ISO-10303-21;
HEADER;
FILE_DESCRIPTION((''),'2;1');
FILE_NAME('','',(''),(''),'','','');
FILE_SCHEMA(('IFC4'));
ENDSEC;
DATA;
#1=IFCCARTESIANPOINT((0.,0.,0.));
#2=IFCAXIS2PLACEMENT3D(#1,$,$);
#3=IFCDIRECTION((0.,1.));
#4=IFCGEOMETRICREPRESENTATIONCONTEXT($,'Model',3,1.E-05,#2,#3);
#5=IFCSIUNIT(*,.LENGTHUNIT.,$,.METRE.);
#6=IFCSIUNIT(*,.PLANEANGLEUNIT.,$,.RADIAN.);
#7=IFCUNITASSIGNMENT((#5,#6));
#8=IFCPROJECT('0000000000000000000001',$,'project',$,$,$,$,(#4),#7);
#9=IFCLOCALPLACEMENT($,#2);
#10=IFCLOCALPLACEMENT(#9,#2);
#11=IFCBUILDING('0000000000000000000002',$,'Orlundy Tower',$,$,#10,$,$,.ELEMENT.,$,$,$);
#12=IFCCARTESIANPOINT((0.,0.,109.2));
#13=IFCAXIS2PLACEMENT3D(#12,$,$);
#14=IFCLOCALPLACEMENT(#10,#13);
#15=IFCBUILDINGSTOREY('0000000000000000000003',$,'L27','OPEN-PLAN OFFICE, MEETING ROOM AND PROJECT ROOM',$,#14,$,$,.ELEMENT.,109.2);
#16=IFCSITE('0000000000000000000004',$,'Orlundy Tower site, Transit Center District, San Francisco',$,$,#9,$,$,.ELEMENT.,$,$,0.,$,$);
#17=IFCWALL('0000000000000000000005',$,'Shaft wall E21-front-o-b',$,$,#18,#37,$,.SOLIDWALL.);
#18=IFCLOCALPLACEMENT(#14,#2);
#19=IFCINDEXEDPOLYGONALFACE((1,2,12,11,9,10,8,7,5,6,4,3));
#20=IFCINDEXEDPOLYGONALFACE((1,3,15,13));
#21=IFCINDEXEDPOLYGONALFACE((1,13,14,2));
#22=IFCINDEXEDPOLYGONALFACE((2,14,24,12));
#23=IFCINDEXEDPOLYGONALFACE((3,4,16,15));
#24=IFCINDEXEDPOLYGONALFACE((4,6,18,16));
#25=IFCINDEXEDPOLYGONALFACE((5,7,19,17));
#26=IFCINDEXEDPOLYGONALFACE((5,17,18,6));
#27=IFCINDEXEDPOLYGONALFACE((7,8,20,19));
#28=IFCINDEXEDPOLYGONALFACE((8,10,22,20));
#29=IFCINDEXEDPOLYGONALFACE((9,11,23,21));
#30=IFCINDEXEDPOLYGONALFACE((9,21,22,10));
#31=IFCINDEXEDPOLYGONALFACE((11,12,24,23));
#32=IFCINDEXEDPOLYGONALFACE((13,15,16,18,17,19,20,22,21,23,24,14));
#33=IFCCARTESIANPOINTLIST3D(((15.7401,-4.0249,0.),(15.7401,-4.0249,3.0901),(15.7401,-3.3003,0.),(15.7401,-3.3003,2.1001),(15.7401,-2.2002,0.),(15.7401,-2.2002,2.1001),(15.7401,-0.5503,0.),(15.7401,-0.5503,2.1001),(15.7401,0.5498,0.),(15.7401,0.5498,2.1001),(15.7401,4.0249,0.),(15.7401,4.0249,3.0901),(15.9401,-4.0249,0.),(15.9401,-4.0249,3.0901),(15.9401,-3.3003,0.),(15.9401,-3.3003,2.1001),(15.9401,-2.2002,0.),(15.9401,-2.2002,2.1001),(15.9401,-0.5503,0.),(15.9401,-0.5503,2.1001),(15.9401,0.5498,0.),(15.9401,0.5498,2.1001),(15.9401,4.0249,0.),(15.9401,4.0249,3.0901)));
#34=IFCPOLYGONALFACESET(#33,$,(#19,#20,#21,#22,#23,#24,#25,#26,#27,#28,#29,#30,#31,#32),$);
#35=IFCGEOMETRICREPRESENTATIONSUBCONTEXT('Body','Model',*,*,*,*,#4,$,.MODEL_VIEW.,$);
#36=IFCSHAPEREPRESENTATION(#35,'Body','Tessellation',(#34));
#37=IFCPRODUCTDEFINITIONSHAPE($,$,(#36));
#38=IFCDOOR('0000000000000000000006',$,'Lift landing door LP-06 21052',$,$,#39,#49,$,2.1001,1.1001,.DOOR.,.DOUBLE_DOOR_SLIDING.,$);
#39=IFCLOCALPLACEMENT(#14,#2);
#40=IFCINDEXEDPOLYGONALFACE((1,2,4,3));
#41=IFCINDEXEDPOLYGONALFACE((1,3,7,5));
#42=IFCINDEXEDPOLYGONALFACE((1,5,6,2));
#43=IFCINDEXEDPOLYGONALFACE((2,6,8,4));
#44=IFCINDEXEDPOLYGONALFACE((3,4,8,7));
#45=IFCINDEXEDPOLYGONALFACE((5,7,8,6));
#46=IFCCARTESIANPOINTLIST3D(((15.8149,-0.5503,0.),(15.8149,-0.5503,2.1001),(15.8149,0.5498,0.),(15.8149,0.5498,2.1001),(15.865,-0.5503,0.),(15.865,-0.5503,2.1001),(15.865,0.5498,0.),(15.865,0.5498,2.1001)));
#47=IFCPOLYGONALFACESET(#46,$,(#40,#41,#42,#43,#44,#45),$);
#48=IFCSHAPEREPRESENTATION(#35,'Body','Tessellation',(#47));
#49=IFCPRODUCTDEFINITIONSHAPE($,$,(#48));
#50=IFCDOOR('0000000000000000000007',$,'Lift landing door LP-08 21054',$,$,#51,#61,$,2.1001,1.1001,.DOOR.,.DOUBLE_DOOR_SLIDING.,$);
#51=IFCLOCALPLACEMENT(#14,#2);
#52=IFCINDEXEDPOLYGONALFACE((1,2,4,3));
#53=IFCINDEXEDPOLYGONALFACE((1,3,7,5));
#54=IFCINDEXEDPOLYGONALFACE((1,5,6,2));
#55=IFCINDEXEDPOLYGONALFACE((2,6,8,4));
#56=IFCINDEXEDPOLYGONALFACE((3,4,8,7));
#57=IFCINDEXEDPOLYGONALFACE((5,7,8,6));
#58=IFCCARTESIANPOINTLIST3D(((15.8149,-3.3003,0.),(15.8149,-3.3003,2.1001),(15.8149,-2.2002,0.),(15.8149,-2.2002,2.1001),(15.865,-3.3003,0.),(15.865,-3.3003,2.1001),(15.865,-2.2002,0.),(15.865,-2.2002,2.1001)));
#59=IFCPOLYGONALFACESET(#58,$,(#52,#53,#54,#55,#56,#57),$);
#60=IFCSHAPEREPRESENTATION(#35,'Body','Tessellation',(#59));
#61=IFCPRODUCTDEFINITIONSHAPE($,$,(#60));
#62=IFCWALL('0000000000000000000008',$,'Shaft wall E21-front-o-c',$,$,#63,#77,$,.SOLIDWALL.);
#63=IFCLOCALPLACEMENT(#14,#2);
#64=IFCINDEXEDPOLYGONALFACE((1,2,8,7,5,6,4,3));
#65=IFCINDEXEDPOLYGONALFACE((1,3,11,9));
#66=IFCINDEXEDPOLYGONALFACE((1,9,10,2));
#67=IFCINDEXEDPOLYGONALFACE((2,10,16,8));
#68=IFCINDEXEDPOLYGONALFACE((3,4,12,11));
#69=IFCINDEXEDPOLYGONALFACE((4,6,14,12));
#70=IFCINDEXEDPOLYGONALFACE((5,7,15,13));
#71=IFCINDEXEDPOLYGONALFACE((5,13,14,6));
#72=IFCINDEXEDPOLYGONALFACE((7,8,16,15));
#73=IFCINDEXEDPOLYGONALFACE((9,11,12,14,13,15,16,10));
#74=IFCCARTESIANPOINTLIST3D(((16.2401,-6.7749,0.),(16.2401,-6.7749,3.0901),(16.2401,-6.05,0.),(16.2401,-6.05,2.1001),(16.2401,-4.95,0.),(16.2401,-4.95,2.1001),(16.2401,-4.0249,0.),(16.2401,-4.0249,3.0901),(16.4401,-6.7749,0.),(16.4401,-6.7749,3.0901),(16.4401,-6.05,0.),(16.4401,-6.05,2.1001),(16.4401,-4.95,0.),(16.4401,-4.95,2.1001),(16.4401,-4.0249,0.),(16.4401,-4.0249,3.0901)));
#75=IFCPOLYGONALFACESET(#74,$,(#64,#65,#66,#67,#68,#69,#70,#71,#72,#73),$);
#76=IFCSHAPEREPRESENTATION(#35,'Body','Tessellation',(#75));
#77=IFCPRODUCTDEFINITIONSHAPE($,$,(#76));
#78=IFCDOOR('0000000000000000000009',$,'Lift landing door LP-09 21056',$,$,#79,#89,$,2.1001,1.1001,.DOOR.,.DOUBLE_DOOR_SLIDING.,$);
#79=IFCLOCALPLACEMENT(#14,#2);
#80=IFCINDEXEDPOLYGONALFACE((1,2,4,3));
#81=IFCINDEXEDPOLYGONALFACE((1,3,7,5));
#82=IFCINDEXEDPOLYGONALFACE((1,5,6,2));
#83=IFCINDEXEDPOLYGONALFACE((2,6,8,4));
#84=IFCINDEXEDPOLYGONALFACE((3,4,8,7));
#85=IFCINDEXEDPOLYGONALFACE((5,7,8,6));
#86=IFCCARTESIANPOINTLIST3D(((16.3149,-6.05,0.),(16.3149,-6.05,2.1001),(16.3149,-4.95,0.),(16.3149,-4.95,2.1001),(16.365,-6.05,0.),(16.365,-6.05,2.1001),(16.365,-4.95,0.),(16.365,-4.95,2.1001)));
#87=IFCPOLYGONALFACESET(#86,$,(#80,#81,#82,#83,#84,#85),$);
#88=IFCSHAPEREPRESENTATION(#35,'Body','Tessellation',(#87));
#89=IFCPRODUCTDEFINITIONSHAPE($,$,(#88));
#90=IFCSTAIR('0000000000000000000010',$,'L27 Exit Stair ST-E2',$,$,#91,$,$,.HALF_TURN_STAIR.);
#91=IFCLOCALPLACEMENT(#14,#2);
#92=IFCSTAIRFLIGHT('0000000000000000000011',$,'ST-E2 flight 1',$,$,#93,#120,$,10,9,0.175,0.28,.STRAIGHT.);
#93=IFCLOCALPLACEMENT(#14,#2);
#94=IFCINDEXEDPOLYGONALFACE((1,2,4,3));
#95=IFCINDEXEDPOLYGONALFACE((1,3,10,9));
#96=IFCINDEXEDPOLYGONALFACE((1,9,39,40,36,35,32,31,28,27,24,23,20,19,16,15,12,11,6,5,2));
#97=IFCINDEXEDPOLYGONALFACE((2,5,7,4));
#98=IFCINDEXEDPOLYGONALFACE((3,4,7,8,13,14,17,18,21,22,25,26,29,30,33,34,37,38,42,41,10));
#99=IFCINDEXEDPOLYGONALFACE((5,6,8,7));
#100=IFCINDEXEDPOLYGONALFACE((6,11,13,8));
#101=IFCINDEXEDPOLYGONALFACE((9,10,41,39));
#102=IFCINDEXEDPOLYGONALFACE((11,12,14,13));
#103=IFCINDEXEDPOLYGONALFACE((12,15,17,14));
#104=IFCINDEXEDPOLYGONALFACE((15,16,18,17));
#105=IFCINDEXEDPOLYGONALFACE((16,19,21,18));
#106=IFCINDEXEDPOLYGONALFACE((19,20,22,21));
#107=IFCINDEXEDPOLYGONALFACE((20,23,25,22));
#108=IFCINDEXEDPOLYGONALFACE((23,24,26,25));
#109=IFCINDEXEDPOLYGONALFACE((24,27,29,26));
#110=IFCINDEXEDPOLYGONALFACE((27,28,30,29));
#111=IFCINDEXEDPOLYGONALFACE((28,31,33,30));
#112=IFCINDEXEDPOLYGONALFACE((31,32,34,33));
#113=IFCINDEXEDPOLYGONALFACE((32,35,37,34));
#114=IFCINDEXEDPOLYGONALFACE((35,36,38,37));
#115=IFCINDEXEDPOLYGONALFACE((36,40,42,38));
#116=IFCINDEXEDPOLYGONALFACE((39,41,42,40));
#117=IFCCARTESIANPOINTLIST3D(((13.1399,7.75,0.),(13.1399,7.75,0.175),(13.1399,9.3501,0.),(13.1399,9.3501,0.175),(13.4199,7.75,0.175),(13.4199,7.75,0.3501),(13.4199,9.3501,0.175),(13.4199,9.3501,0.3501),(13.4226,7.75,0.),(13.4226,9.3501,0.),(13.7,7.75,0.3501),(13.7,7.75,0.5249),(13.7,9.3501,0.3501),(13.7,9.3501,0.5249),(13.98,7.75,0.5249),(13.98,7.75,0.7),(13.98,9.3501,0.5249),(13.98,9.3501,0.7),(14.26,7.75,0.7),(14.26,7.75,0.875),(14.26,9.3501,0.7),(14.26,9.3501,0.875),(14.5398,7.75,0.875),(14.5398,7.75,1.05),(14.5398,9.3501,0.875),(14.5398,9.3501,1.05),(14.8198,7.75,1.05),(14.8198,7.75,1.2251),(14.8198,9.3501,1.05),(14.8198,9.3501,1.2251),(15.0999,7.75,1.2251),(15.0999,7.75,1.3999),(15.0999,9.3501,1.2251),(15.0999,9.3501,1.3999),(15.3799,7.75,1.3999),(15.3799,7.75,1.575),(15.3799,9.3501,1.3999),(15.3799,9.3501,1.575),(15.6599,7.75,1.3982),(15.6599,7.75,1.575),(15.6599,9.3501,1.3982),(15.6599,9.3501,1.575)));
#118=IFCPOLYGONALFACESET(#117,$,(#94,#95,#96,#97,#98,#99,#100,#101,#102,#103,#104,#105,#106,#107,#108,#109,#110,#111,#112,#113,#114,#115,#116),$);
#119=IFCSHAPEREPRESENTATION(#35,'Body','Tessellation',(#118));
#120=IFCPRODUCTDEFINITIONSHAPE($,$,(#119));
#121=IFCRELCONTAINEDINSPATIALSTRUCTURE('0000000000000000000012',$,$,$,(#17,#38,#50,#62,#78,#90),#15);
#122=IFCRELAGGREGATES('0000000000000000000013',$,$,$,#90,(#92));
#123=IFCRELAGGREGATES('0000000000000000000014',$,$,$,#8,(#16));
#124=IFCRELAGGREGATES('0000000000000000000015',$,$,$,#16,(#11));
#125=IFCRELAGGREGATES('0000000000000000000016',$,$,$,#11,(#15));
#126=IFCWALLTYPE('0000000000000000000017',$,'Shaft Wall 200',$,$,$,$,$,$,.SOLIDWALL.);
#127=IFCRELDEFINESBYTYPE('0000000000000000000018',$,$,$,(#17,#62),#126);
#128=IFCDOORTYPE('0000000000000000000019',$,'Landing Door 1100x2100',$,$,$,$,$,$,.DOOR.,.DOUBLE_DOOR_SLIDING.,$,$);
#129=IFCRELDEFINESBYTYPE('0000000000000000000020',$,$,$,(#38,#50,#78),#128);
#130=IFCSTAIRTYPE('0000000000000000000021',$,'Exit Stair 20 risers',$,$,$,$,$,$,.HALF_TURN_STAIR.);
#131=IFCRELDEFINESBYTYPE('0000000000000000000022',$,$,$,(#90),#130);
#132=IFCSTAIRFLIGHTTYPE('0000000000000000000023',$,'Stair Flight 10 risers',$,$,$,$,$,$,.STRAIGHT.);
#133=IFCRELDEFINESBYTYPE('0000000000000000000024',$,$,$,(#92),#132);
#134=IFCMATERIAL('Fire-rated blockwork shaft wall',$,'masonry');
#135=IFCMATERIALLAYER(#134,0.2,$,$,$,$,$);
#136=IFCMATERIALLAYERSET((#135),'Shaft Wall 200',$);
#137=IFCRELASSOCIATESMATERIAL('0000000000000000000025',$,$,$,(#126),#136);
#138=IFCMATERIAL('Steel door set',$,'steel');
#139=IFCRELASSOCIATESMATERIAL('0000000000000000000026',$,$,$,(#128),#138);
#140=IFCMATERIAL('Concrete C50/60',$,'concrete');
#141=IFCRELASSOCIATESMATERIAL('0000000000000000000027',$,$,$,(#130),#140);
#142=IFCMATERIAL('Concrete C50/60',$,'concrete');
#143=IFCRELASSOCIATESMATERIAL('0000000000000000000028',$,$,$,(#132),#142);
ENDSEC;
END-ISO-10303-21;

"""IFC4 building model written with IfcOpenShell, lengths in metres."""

from ifc_helpers import new_model, si_unit, direction, frame, frame_2d, origin, place, context, subcontext, project, spatial, polyline, rectangle, outline, extrude, material, layer, layer_set, type_object, element, fill, aggregate, save


model = new_model("IFC4")

# Units and contexts
model_context = context("Model", 3, precision=1e-05, world=origin(), true_north=direction((0.0, 1.0)))
body_context = subcontext(model_context, "Body", "Model", "MODEL_VIEW")
ifc_project = project(units=[si_unit("LENGTHUNIT", "METRE"), si_unit("PLANEANGLEUNIT", "RADIAN")], contexts=[model_context])

# Site, building, storey
site_placement = place(None, origin())
site = spatial("IfcSite", under=ifc_project, at=site_placement, Name="Orlundy Tower site, Transit Center District, San Francisco", CompositionType="ELEMENT", RefElevation=0.0)
building_placement = place(site_placement, origin())
building = spatial("IfcBuilding", under=site, at=building_placement, Name="Orlundy Tower", CompositionType="ELEMENT")
storey_placement = place(building_placement, frame((0.0, 0.0, 109.2)))
storey = spatial("IfcBuildingStorey", under=building, at=storey_placement, Name="L27", Description="OPEN-PLAN OFFICE, MEETING ROOM AND PROJECT ROOM", CompositionType="ELEMENT", Elevation=109.2)

# Shared definitions
ifc_material_1 = material(Name="Fire-rated blockwork shaft wall", Category="masonry")
ifc_layer_1 = layer(ifc_material_1, 0.2)
ifc_layer_set_1 = layer_set([ifc_layer_1], Name="Shaft Wall 200")
wall_type_1 = type_object("IfcWallType", Name="Shaft Wall 200", PredefinedType="SOLIDWALL", material=ifc_layer_set_1)

# Shared definitions
ifc_material_2 = material(Name="Steel door set", Category="steel")
door_type_1 = type_object("IfcDoorType", Name="Landing Door 1100x2100", OperationType="DOUBLE_DOOR_SLIDING", PredefinedType="DOOR", material=ifc_material_2)

# Wall, openings, doors
wall_1_placement = place(storey_placement, frame((15.8401, 4.0249, 0.0), z_axis=(0.0, 0.0, 1.0), x_axis=(0.0, -1.0, 0.0)))
wall_1 = element("IfcWall", 1, at=wall_1_placement, inside=storey, type_object=wall_type_1, Name="Shaft wall E21-front-o-b", PredefinedType="SOLIDWALL", context=body_context, shape_type="SweptSolid", body=[
    extrude(rectangle(XDim=8.0498, YDim=0.2, at=frame_2d((4.0249, 0.0))), origin(), (0.0, 0.0, 1.0), 3.0901),
])
opening_1_placement = place(wall_1_placement, frame((3.4751, 0.0, 0.0)))
opening_1 = element("IfcOpeningElement", 2, at=opening_1_placement, cuts=wall_1, PredefinedType="OPENING", context=body_context, shape_type="SweptSolid", body=[
    extrude(rectangle(XDim=1.1001, YDim=2.1001, at=frame_2d((0.55, 1.05))), frame((0.0, 0.1101, 0.0), z_axis=(0.0, -1.0, 0.0), x_axis=(1.0, 0.0, 0.0)), (0.0, 0.0, 1.0), 0.2202),
])
opening_2_placement = place(wall_1_placement, frame((6.2251, 0.0, 0.0)))
opening_2 = element("IfcOpeningElement", 3, at=opening_2_placement, cuts=wall_1, PredefinedType="OPENING", context=body_context, shape_type="SweptSolid", body=[
    extrude(rectangle(XDim=1.1001, YDim=2.1001, at=frame_2d((0.55, 1.05))), frame((0.0, 0.1101, 0.0), z_axis=(0.0, -1.0, 0.0), x_axis=(1.0, 0.0, 0.0)), (0.0, 0.0, 1.0), 0.2202),
])
door_1_placement = place(opening_1_placement, origin())
door_1 = element("IfcDoor", 4, at=door_1_placement, inside=storey, type_object=door_type_1, Name="Lift landing door LP-06 21052", OperationType="DOUBLE_DOOR_SLIDING", OverallHeight=2.1001, OverallWidth=1.1001, PredefinedType="DOOR", context=body_context, shape_type="SweptSolid", body=[
    extrude(rectangle(XDim=1.1001, YDim=2.1001, at=frame_2d((0.55, 1.05))), frame((0.0, 0.0249, 0.0), z_axis=(0.0, -1.0, 0.0), x_axis=(1.0, 0.0, 0.0)), (0.0, 0.0, 1.0), 0.05),
])
fill(opening_1, door_1)
door_2_placement = place(opening_2_placement, origin())
door_2 = element("IfcDoor", 5, at=door_2_placement, inside=storey, type_object=door_type_1, Name="Lift landing door LP-08 21054", OperationType="DOUBLE_DOOR_SLIDING", OverallHeight=2.1001, OverallWidth=1.1001, PredefinedType="DOOR", context=body_context, shape_type="SweptSolid", body=[
    extrude(rectangle(XDim=1.1001, YDim=2.1001, at=frame_2d((0.55, 1.05))), frame((0.0, 0.0249, 0.0), z_axis=(0.0, -1.0, 0.0), x_axis=(1.0, 0.0, 0.0)), (0.0, 0.0, 1.0), 0.05),
])
fill(opening_2, door_2)

# Wall, opening, door
wall_2_placement = place(storey_placement, frame((16.3401, -4.0249, 0.0), z_axis=(0.0, 0.0, 1.0), x_axis=(0.0, -1.0, 0.0)))
wall_2 = element("IfcWall", 6, at=wall_2_placement, inside=storey, type_object=wall_type_1, Name="Shaft wall E21-front-o-c", PredefinedType="SOLIDWALL", context=body_context, shape_type="SweptSolid", body=[
    extrude(rectangle(XDim=2.75, YDim=0.2, at=frame_2d((1.375, 0.0))), origin(), (0.0, 0.0, 1.0), 3.0901),
])
opening_3_placement = place(wall_2_placement, frame((0.925, 0.0, 0.0)))
opening_3 = element("IfcOpeningElement", 7, at=opening_3_placement, cuts=wall_2, PredefinedType="OPENING", context=body_context, shape_type="SweptSolid", body=[
    extrude(rectangle(XDim=1.1001, YDim=2.1001, at=frame_2d((0.55, 1.05))), frame((0.0, 0.1101, 0.0), z_axis=(0.0, -1.0, 0.0), x_axis=(1.0, 0.0, 0.0)), (0.0, 0.0, 1.0), 0.2202),
])
door_3_placement = place(opening_3_placement, origin())
door_3 = element("IfcDoor", 8, at=door_3_placement, inside=storey, type_object=door_type_1, Name="Lift landing door LP-09 21056", OperationType="DOUBLE_DOOR_SLIDING", OverallHeight=2.1001, OverallWidth=1.1001, PredefinedType="DOOR", context=body_context, shape_type="SweptSolid", body=[
    extrude(rectangle(XDim=1.1001, YDim=2.1001, at=frame_2d((0.55, 1.05))), frame((0.0, 0.0249, 0.0), z_axis=(0.0, -1.0, 0.0), x_axis=(1.0, 0.0, 0.0)), (0.0, 0.0, 1.0), 0.05),
])
fill(opening_3, door_3)

# Stair, stair flight
ifc_material_3 = material(Name="Concrete C50/60", Category="concrete")
stair_type = type_object("IfcStairType", Name="Exit Stair 20 risers", PredefinedType="HALF_TURN_STAIR", material=ifc_material_3)
stair_placement = place(storey_placement, origin())
stair = element("IfcStair", 9, at=stair_placement, inside=storey, type_object=stair_type, Name="L27 Exit Stair ST-E2", PredefinedType="HALF_TURN_STAIR")
ifc_material_4 = material(Name="Concrete C50/60", Category="concrete")
stair_flight_type = type_object("IfcStairFlightType", Name="Stair Flight 10 risers", PredefinedType="STRAIGHT", material=ifc_material_4)
stair_flight_placement = place(storey_placement, frame((13.1399, 8.55, 0.0), z_axis=(0.0, 0.0, 1.0), x_axis=(1.0, 0.0, 0.0)))
stair_flight = element("IfcStairFlight", 10, at=stair_flight_placement, type_object=stair_flight_type, Name="ST-E2 flight 1", NumberOfRisers=10, NumberOfTreads=9, PredefinedType="STRAIGHT", RiserHeight=0.175, TreadLength=0.28, context=body_context, shape_type="SweptSolid", body=[
    extrude(outline(polyline([(0.0, 0.0), (0.0, 0.175), (0.28, 0.175), (0.28, 0.3501), (0.5601, 0.3501), (0.5601, 0.5249), (0.8401, 0.5249), (0.8401, 0.7), (1.1201, 0.7), (1.1201, 0.875), (1.3999, 0.875), (1.3999, 1.05), (1.6799, 1.05), (1.6799, 1.2251), (1.96, 1.2251), (1.96, 1.3999), (2.24, 1.3999), (2.24, 1.575), (2.52, 1.575), (2.52, 1.75), (2.52, 1.3982), (0.2827, 0.0), (0.0, 0.0)])), frame((0.0, 0.8, 0.0), z_axis=(0.0, -1.0, 0.0), x_axis=(1.0, 0.0, 0.0)), (0.0, 0.0, 1.0), 1.6001),
])
aggregate(stair, [stair_flight])

save(model, "model.ifc")
